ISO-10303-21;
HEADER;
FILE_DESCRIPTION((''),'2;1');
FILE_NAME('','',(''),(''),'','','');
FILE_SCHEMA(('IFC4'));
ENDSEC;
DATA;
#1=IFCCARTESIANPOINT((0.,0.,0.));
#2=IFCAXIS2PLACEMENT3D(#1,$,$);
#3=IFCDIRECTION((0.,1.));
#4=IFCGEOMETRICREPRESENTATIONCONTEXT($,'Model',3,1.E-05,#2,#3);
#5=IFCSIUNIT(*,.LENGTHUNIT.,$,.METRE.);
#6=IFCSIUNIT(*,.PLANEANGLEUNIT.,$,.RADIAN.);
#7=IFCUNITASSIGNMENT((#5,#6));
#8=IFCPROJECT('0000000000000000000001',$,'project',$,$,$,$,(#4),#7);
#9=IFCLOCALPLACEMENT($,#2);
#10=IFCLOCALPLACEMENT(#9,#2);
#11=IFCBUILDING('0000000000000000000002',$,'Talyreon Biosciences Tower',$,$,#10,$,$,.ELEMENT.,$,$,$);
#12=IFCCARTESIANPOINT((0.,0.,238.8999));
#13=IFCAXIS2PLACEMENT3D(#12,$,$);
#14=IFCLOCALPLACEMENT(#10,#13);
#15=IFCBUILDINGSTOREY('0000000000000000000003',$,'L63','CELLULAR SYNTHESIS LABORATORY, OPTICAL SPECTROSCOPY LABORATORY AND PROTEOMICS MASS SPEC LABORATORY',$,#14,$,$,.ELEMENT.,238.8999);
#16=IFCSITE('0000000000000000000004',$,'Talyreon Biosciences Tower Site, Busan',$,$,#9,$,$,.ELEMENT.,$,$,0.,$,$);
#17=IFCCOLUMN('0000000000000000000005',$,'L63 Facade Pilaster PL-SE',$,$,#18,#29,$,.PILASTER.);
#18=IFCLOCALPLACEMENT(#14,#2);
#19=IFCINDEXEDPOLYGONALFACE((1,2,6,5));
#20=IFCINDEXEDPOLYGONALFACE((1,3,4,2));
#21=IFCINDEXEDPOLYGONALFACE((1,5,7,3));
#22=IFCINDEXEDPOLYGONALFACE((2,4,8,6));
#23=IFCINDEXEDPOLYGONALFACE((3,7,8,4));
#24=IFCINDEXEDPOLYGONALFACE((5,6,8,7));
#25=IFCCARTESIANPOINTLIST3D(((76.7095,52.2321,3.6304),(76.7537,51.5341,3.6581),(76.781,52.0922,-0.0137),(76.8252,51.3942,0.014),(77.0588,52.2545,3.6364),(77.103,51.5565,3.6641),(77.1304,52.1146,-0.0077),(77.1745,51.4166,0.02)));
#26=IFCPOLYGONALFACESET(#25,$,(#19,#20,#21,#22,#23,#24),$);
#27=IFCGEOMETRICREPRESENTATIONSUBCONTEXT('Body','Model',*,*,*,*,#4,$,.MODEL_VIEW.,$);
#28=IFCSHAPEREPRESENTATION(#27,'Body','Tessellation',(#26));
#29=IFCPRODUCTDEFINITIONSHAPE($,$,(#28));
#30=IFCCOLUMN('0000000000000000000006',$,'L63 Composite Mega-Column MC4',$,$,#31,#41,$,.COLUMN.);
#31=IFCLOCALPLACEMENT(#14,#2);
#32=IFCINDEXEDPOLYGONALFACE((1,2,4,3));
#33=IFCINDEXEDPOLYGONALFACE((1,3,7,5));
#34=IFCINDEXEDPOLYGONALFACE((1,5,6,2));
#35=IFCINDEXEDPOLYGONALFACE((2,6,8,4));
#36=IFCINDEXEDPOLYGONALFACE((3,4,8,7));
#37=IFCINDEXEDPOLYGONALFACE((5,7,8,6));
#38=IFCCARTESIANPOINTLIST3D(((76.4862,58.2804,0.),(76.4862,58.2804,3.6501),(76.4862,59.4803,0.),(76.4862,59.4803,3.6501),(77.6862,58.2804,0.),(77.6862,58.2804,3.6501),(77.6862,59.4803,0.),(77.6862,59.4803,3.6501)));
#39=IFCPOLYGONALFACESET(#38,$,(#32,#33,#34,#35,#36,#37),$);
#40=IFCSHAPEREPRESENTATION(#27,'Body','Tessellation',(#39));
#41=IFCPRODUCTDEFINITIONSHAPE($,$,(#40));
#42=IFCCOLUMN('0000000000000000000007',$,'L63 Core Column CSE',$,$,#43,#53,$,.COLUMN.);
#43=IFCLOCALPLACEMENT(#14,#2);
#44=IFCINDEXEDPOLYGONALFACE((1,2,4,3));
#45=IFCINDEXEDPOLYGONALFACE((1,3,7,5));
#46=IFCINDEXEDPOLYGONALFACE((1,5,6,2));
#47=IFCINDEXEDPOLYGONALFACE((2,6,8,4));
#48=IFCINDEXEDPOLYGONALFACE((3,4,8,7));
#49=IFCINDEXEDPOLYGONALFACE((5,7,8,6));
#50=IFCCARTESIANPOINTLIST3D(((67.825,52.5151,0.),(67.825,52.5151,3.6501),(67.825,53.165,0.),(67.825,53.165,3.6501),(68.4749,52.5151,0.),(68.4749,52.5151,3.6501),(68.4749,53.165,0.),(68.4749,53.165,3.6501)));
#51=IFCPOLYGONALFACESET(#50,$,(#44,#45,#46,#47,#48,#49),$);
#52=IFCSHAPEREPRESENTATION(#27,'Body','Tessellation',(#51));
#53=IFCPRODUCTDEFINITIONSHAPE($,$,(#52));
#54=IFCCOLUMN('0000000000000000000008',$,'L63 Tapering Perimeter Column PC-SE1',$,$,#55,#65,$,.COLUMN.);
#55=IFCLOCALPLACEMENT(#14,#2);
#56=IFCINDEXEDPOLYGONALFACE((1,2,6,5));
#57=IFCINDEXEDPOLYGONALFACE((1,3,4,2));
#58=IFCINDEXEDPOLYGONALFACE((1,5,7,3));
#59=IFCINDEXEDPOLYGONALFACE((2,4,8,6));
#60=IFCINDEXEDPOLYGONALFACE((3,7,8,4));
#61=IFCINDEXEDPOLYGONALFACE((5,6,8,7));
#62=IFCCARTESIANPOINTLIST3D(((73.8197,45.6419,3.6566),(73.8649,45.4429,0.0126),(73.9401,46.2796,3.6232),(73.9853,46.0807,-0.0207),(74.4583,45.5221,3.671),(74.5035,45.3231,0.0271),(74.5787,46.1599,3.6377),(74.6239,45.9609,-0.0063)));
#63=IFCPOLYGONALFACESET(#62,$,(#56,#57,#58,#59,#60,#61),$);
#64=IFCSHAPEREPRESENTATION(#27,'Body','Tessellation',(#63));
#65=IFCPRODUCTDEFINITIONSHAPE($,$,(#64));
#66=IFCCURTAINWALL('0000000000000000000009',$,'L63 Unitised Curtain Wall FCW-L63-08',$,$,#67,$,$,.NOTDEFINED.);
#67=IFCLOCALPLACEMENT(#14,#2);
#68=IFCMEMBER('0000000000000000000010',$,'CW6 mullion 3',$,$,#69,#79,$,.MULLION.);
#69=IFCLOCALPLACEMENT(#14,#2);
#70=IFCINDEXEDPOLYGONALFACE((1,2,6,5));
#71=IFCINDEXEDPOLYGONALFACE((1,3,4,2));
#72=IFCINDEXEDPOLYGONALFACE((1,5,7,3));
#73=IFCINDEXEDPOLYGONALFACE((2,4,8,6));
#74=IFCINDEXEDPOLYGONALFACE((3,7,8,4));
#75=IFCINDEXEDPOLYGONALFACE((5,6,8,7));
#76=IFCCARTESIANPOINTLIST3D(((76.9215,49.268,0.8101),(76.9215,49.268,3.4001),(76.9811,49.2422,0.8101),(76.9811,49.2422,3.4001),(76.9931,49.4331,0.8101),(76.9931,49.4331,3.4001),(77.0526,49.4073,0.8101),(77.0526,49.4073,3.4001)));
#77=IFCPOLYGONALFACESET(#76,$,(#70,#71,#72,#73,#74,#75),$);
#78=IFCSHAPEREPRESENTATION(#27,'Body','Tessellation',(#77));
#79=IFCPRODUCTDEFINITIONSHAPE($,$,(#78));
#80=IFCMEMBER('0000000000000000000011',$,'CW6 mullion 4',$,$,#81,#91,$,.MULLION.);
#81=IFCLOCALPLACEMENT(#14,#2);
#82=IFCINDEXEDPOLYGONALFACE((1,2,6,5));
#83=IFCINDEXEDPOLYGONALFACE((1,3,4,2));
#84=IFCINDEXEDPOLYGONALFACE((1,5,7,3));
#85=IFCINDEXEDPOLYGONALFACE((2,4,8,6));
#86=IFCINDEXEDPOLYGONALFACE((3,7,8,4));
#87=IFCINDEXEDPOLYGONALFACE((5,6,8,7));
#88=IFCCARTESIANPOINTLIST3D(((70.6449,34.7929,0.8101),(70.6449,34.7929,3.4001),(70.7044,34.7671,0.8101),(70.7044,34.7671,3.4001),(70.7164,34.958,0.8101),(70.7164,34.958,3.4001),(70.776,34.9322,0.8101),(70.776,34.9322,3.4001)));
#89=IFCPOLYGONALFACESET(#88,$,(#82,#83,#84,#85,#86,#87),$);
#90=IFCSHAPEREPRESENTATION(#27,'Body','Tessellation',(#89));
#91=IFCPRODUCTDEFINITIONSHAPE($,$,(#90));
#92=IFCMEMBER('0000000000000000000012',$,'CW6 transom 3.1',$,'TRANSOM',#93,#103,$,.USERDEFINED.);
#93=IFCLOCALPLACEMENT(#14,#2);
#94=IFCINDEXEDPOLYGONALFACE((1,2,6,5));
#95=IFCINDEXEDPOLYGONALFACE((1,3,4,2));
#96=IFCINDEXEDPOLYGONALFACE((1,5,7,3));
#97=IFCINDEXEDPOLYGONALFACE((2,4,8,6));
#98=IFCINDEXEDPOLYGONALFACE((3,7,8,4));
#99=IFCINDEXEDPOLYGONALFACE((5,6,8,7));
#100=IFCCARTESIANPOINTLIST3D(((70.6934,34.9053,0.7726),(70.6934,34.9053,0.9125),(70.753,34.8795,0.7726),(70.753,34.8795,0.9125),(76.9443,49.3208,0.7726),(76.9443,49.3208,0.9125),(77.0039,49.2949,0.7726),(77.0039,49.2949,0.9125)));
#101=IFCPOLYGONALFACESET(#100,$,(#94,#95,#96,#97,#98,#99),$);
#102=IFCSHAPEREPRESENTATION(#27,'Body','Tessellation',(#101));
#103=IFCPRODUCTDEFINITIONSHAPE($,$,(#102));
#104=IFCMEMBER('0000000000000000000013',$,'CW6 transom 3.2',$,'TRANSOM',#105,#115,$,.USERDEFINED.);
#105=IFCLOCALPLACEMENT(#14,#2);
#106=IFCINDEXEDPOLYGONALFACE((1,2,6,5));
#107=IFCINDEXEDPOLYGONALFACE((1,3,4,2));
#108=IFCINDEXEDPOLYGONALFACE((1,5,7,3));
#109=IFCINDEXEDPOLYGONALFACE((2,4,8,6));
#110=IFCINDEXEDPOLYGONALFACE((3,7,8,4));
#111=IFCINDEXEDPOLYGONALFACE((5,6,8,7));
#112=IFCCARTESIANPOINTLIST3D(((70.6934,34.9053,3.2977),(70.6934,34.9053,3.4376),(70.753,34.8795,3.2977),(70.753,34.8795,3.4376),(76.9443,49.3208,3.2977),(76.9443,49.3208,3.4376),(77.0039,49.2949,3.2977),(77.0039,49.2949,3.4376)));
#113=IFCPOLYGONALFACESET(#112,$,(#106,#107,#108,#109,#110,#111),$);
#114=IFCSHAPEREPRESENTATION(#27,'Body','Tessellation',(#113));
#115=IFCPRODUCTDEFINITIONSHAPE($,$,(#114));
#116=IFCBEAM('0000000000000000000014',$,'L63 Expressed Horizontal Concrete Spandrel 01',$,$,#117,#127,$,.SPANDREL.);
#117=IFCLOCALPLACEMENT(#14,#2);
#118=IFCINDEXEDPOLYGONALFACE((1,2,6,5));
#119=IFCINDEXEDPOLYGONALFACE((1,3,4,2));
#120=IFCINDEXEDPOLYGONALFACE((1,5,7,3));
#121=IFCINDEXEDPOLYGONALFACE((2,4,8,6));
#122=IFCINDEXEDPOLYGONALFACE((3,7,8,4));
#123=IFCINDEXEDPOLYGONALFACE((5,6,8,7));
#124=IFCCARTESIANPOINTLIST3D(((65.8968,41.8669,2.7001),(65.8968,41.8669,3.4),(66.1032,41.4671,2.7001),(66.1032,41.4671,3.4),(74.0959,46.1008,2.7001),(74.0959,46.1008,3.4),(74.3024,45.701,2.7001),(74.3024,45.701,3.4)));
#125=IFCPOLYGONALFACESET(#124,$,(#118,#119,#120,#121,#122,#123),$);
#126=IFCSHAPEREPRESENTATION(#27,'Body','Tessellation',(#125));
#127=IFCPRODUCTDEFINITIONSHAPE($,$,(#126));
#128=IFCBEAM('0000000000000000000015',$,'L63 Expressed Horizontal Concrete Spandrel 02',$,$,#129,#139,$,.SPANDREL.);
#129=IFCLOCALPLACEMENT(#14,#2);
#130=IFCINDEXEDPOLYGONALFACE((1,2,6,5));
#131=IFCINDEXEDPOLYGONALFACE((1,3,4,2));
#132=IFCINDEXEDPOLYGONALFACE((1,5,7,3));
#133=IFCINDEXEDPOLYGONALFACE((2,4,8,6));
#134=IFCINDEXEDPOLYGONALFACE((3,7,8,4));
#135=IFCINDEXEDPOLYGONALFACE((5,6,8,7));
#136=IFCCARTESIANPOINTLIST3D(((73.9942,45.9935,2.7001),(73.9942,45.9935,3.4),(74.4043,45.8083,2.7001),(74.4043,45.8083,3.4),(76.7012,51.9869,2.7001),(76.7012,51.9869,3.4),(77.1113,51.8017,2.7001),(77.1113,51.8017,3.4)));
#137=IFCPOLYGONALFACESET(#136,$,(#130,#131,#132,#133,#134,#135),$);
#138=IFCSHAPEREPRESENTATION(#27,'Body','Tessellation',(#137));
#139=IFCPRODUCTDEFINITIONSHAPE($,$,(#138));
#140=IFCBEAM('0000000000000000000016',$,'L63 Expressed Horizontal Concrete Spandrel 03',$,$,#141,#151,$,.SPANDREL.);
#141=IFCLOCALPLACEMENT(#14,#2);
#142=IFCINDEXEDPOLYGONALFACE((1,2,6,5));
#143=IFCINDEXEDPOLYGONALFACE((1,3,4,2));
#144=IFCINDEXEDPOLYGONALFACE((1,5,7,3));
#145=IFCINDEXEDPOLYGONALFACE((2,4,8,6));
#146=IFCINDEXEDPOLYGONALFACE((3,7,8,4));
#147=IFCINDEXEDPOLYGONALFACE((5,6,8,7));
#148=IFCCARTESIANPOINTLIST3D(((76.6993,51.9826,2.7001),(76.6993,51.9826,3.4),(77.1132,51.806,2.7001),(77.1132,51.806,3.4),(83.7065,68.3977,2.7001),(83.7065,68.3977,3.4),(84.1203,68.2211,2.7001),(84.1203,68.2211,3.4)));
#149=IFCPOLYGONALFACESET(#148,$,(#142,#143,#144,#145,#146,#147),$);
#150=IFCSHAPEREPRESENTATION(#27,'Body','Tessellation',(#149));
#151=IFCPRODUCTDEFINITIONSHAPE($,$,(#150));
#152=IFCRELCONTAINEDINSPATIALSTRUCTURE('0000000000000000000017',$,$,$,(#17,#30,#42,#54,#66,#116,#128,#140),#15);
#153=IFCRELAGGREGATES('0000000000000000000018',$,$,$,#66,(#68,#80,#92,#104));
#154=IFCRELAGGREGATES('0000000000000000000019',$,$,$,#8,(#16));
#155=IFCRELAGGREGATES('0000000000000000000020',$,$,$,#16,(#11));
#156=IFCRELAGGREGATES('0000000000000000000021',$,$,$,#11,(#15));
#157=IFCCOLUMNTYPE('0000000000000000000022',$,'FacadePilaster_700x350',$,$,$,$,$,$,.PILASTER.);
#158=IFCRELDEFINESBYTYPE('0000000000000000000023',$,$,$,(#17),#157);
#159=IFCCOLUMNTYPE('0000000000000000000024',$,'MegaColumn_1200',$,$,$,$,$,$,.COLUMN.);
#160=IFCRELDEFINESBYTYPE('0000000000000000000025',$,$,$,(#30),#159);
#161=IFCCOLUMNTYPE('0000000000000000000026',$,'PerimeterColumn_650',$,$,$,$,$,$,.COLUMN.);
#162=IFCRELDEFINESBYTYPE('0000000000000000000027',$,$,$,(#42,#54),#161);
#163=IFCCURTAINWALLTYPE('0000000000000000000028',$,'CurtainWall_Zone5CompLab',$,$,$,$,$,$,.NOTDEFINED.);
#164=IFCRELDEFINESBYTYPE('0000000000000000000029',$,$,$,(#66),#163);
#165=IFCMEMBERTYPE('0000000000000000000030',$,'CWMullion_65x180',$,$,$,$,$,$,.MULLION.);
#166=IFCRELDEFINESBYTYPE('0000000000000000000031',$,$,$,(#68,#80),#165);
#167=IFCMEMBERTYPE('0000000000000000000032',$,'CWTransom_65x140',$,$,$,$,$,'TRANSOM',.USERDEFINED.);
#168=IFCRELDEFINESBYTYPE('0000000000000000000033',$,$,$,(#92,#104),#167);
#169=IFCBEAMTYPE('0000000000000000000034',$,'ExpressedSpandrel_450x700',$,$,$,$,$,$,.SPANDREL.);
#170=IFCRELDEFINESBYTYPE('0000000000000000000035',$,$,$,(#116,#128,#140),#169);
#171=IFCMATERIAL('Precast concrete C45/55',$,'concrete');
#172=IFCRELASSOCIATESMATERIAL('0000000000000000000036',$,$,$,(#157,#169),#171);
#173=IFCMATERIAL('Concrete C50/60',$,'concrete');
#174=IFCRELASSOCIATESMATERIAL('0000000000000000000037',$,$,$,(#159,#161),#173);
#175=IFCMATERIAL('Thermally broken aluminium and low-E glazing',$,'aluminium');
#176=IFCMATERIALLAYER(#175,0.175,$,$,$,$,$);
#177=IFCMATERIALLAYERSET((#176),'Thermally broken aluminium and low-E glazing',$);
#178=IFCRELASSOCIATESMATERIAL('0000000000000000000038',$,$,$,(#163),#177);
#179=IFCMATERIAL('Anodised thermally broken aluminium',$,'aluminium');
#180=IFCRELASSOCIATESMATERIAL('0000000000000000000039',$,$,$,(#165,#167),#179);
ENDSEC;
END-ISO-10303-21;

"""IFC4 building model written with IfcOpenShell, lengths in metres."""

from ifc_helpers import new_model, si_unit, direction, frame, origin, origin_2d, place, context, subcontext, project, spatial, rectangle, extrude, material, layer, layer_set, material_profile, profile_set, type_object, element, aggregate, save


model = new_model("IFC4")

# Units and contexts
model_context = context("Model", 3, precision=1e-05, world=origin(), true_north=direction((0.0, 1.0)))
body_context = subcontext(model_context, "Body", "Model", "MODEL_VIEW")
ifc_project = project(units=[si_unit("LENGTHUNIT", "METRE"), si_unit("PLANEANGLEUNIT", "RADIAN")], contexts=[model_context])

# Site, building, storey
site_placement = place(None, origin())
site = spatial("IfcSite", under=ifc_project, at=site_placement, Name="Talyreon Biosciences Tower Site, Busan", CompositionType="ELEMENT", RefElevation=0.0)
building_placement = place(site_placement, origin())
building = spatial("IfcBuilding", under=site, at=building_placement, Name="Talyreon Biosciences Tower", CompositionType="ELEMENT")
storey_placement = place(building_placement, frame((0.0, 0.0, 238.8999)))
storey = spatial("IfcBuildingStorey", under=building, at=storey_placement, Name="L63", Description="CELLULAR SYNTHESIS LABORATORY, OPTICAL SPECTROSCOPY LABORATORY AND PROTEOMICS MASS SPEC LABORATORY", CompositionType="ELEMENT", Elevation=238.8999)

# Columns
ifc_material_1 = material(Name="Precast concrete C45/55", Category="concrete")
ifc_material_profile_1 = material_profile(ifc_material_1, rectangle(XDim=0.7, YDim=0.3501, at=origin_2d()), Name="RC 700x350")
ifc_profile_set_1 = profile_set([ifc_material_profile_1], Name="Precast concrete C45/55")
column_type_1 = type_object("IfcColumnType", Name="FacadePilaster_700x350", PredefinedType="PILASTER", material=ifc_profile_set_1)
column_1_placement = place(storey_placement, frame((76.9778, 51.7544, 0.0032), z_axis=(-0.019612, 0.038354, 0.999072), x_axis=(0.063093, -0.997225, 0.039521)))
element("IfcColumn", 1, at=column_1_placement, inside=storey, type_object=column_type_1, Name="L63 Facade Pilaster PL-SE", PredefinedType="PILASTER", context=body_context, shape_type="SweptSolid", body=[
    extrude(rectangle(XDim=0.7, YDim=0.3501, at=origin_2d()), origin(), (0.0, 0.0, 1.0), 3.6475),
])
ifc_material_2 = material(Name="Concrete C50/60", Category="concrete")
ifc_material_profile_2 = material_profile(ifc_material_2, rectangle(XDim=1.2, YDim=1.2, at=origin_2d()), Name="RC 1200x1200")
ifc_profile_set_2 = profile_set([ifc_material_profile_2], Name="Concrete C50/60")
column_type_2 = type_object("IfcColumnType", Name="MegaColumn_1200", PredefinedType="COLUMN", material=ifc_profile_set_2)
column_2_placement = place(storey_placement, frame((77.0862, 58.8804, 0.0), z_axis=(0.0, 0.0, 1.0), x_axis=(1.0, 0.0, 0.0)))
element("IfcColumn", 2, at=column_2_placement, inside=storey, type_object=column_type_2, Name="L63 Composite Mega-Column MC4", PredefinedType="COLUMN", context=body_context, shape_type="SweptSolid", body=[
    extrude(rectangle(XDim=1.2, YDim=1.2, at=origin_2d()), origin(), (0.0, 0.0, 1.0), 3.6501),
])
ifc_material_profile_3 = material_profile(ifc_material_2, rectangle(XDim=0.6499, YDim=0.6499, at=origin_2d()), Name="RC 650x650")
ifc_profile_set_3 = profile_set([ifc_material_profile_3], Name="Concrete C50/60")
column_type_3 = type_object("IfcColumnType", Name="PerimeterColumn_650", PredefinedType="COLUMN", material=ifc_profile_set_3)
column_3_placement = place(storey_placement, frame((68.1499, 52.8401, 0.0), z_axis=(0.0, 0.0, 1.0), x_axis=(1.0, 0.0, 0.0)))
element("IfcColumn", 3, at=column_3_placement, inside=storey, type_object=column_type_3, Name="L63 Core Column CSE", PredefinedType="COLUMN", context=body_context, shape_type="SweptSolid", body=[
    extrude(rectangle(XDim=0.6499, YDim=0.6499, at=origin_2d()), origin(), (0.0, 0.0, 1.0), 3.6501),
])
column_4_placement = place(storey_placement, frame((74.2444, 45.7019, 0.0032), z_axis=(-0.012375, 0.054517, 0.998436), x_axis=(-0.185194, -0.981363, 0.05129)))
element("IfcColumn", 4, at=column_4_placement, inside=storey, type_object=column_type_3, Name="L63 Tapering Perimeter Column PC-SE1", PredefinedType="COLUMN", context=body_context, shape_type="SweptSolid", body=[
    extrude(rectangle(XDim=0.6499, YDim=0.6499, at=origin_2d()), origin(), (0.0, 0.0, 1.0), 3.6497),
])

# Curtain wall, members
ifc_material_3 = material(Name="Thermally broken aluminium and low-E glazing", Category="aluminium")
ifc_layer_1 = layer(ifc_material_3, 0.175)
ifc_layer_set_1 = layer_set([ifc_layer_1], Name="Thermally broken aluminium and low-E glazing")
curtain_wall_type = type_object("IfcCurtainWallType", Name="CurtainWall_Zone5CompLab", PredefinedType="NOTDEFINED", material=ifc_layer_set_1)
curtain_wall_placement = place(storey_placement, origin())
curtain_wall = element("IfcCurtainWall", 5, at=curtain_wall_placement, inside=storey, type_object=curtain_wall_type, Name="L63 Unitised Curtain Wall FCW-L63-08", PredefinedType="NOTDEFINED")
ifc_material_4 = material(Name="Anodised thermally broken aluminium", Category="aluminium")
ifc_material_profile_4 = material_profile(ifc_material_4, rectangle(XDim=0.0649, YDim=0.1799, at=origin_2d()), Name="ALUM MULLION 65x180")
ifc_profile_set_4 = profile_set([ifc_material_profile_4], Name="Anodised thermally broken aluminium")
member_type_1 = type_object("IfcMemberType", Name="CWMullion_65x180", PredefinedType="MULLION", material=ifc_profile_set_4)
member_1_placement = place(storey_placement, frame((76.9871, 49.3376, 0.8101), z_axis=(0.0, 0.0, 1.0), x_axis=(0.917458, -0.397832, 0.0)))
member_1 = element("IfcMember", 6, at=member_1_placement, type_object=member_type_1, Name="CW6 mullion 3", PredefinedType="MULLION", context=body_context, shape_type="SweptSolid", body=[
    extrude(rectangle(XDim=0.0649, YDim=0.1799, at=origin_2d()), origin(), (0.0, 0.0, 1.0), 2.5901),
])
member_2_placement = place(storey_placement, frame((70.7104, 34.8625, 0.8101), z_axis=(0.0, 0.0, 1.0), x_axis=(0.917458, -0.397832, 0.0)))
member_2 = element("IfcMember", 7, at=member_2_placement, type_object=member_type_1, Name="CW6 mullion 4", PredefinedType="MULLION", context=body_context, shape_type="SweptSolid", body=[
    extrude(rectangle(XDim=0.0649, YDim=0.1799, at=origin_2d()), origin(), (0.0, 0.0, 1.0), 2.5901),
])
ifc_material_profile_5 = material_profile(ifc_material_4, rectangle(XDim=0.0649, YDim=0.1399, at=origin_2d()), Name="ALUM TRANSOM 65x140")
ifc_profile_set_5 = profile_set([ifc_material_profile_5], Name="Anodised thermally broken aluminium")
member_type_2 = type_object("IfcMemberType", Name="CWTransom_65x140", ElementType="TRANSOM", PredefinedType="USERDEFINED", material=ifc_profile_set_5)
member_3_placement = place(storey_placement, frame((76.9741, 49.3079, 0.8425), z_axis=(-0.397835, -0.917457, 0.0), x_axis=(0.917457, -0.397835, 0.0)))
member_3 = element("IfcMember", 8, at=member_3_placement, type_object=member_type_2, Name="CW6 transom 3.1", ObjectType="TRANSOM", PredefinedType="USERDEFINED", context=body_context, shape_type="SweptSolid", body=[
    extrude(rectangle(XDim=0.0649, YDim=0.1399, at=origin_2d()), origin(), (0.0, 0.0, 1.0), 15.7124),
])
member_4_placement = place(storey_placement, frame((76.9741, 49.3079, 3.3677), z_axis=(-0.397835, -0.917457, 0.0), x_axis=(0.917457, -0.397835, 0.0)))
member_4 = element("IfcMember", 9, at=member_4_placement, type_object=member_type_2, Name="CW6 transom 3.2", ObjectType="TRANSOM", PredefinedType="USERDEFINED", context=body_context, shape_type="SweptSolid", body=[
    extrude(rectangle(XDim=0.0649, YDim=0.1399, at=origin_2d()), origin(), (0.0, 0.0, 1.0), 15.7124),
])

# Beams
ifc_material_profile_6 = material_profile(ifc_material_1, rectangle(XDim=0.45, YDim=0.7, at=origin_2d()), Name="RCB 450x700")
ifc_profile_set_6 = profile_set([ifc_material_profile_6], Name="Precast concrete C45/55")
beam_type_1 = type_object("IfcBeamType", Name="ExpressedSpandrel_450x700", PredefinedType="SPANDREL", material=ifc_profile_set_6)
beam_1_placement = place(storey_placement, frame((66.0, 41.667, 3.05), z_axis=(0.888531, 0.458817, 0.0), x_axis=(-0.458817, 0.888531, 0.0)))
element("IfcBeam", 10, at=beam_1_placement, inside=storey, type_object=beam_type_1, Name="L63 Expressed Horizontal Concrete Spandrel 01", PredefinedType="SPANDREL", context=body_context, shape_type="SweptSolid", body=[
    extrude(rectangle(XDim=0.45, YDim=0.7, at=origin_2d()), origin(), (0.0, 0.0, 1.0), 9.2278),
])
beam_2_placement = place(storey_placement, frame((74.1992, 45.9009, 3.05), z_axis=(0.411628, 0.911352, 0.0), x_axis=(-0.911352, 0.411628, 0.0)))
element("IfcBeam", 11, at=beam_2_placement, inside=storey, type_object=beam_type_1, Name="L63 Expressed Horizontal Concrete Spandrel 02", PredefinedType="SPANDREL", context=body_context, shape_type="SweptSolid", body=[
    extrude(rectangle(XDim=0.45, YDim=0.7, at=origin_2d()), origin(), (0.0, 0.0, 1.0), 6.5764),
])
beam_3_placement = place(storey_placement, frame((76.9062, 51.8943, 3.05), z_axis=(0.392597, 0.919711, 0.0), x_axis=(-0.919711, 0.392597, 0.0)))
element("IfcBeam", 12, at=beam_3_placement, inside=storey, type_object=beam_type_1, Name="L63 Expressed Horizontal Concrete Spandrel 03", PredefinedType="SPANDREL", context=body_context, shape_type="SweptSolid", body=[
    extrude(rectangle(XDim=0.45, YDim=0.7, at=origin_2d()), origin(), (0.0, 0.0, 1.0), 17.8481),
])

aggregate(curtain_wall, [member_1, member_2, member_3, member_4])

save(model, "model.ifc")
